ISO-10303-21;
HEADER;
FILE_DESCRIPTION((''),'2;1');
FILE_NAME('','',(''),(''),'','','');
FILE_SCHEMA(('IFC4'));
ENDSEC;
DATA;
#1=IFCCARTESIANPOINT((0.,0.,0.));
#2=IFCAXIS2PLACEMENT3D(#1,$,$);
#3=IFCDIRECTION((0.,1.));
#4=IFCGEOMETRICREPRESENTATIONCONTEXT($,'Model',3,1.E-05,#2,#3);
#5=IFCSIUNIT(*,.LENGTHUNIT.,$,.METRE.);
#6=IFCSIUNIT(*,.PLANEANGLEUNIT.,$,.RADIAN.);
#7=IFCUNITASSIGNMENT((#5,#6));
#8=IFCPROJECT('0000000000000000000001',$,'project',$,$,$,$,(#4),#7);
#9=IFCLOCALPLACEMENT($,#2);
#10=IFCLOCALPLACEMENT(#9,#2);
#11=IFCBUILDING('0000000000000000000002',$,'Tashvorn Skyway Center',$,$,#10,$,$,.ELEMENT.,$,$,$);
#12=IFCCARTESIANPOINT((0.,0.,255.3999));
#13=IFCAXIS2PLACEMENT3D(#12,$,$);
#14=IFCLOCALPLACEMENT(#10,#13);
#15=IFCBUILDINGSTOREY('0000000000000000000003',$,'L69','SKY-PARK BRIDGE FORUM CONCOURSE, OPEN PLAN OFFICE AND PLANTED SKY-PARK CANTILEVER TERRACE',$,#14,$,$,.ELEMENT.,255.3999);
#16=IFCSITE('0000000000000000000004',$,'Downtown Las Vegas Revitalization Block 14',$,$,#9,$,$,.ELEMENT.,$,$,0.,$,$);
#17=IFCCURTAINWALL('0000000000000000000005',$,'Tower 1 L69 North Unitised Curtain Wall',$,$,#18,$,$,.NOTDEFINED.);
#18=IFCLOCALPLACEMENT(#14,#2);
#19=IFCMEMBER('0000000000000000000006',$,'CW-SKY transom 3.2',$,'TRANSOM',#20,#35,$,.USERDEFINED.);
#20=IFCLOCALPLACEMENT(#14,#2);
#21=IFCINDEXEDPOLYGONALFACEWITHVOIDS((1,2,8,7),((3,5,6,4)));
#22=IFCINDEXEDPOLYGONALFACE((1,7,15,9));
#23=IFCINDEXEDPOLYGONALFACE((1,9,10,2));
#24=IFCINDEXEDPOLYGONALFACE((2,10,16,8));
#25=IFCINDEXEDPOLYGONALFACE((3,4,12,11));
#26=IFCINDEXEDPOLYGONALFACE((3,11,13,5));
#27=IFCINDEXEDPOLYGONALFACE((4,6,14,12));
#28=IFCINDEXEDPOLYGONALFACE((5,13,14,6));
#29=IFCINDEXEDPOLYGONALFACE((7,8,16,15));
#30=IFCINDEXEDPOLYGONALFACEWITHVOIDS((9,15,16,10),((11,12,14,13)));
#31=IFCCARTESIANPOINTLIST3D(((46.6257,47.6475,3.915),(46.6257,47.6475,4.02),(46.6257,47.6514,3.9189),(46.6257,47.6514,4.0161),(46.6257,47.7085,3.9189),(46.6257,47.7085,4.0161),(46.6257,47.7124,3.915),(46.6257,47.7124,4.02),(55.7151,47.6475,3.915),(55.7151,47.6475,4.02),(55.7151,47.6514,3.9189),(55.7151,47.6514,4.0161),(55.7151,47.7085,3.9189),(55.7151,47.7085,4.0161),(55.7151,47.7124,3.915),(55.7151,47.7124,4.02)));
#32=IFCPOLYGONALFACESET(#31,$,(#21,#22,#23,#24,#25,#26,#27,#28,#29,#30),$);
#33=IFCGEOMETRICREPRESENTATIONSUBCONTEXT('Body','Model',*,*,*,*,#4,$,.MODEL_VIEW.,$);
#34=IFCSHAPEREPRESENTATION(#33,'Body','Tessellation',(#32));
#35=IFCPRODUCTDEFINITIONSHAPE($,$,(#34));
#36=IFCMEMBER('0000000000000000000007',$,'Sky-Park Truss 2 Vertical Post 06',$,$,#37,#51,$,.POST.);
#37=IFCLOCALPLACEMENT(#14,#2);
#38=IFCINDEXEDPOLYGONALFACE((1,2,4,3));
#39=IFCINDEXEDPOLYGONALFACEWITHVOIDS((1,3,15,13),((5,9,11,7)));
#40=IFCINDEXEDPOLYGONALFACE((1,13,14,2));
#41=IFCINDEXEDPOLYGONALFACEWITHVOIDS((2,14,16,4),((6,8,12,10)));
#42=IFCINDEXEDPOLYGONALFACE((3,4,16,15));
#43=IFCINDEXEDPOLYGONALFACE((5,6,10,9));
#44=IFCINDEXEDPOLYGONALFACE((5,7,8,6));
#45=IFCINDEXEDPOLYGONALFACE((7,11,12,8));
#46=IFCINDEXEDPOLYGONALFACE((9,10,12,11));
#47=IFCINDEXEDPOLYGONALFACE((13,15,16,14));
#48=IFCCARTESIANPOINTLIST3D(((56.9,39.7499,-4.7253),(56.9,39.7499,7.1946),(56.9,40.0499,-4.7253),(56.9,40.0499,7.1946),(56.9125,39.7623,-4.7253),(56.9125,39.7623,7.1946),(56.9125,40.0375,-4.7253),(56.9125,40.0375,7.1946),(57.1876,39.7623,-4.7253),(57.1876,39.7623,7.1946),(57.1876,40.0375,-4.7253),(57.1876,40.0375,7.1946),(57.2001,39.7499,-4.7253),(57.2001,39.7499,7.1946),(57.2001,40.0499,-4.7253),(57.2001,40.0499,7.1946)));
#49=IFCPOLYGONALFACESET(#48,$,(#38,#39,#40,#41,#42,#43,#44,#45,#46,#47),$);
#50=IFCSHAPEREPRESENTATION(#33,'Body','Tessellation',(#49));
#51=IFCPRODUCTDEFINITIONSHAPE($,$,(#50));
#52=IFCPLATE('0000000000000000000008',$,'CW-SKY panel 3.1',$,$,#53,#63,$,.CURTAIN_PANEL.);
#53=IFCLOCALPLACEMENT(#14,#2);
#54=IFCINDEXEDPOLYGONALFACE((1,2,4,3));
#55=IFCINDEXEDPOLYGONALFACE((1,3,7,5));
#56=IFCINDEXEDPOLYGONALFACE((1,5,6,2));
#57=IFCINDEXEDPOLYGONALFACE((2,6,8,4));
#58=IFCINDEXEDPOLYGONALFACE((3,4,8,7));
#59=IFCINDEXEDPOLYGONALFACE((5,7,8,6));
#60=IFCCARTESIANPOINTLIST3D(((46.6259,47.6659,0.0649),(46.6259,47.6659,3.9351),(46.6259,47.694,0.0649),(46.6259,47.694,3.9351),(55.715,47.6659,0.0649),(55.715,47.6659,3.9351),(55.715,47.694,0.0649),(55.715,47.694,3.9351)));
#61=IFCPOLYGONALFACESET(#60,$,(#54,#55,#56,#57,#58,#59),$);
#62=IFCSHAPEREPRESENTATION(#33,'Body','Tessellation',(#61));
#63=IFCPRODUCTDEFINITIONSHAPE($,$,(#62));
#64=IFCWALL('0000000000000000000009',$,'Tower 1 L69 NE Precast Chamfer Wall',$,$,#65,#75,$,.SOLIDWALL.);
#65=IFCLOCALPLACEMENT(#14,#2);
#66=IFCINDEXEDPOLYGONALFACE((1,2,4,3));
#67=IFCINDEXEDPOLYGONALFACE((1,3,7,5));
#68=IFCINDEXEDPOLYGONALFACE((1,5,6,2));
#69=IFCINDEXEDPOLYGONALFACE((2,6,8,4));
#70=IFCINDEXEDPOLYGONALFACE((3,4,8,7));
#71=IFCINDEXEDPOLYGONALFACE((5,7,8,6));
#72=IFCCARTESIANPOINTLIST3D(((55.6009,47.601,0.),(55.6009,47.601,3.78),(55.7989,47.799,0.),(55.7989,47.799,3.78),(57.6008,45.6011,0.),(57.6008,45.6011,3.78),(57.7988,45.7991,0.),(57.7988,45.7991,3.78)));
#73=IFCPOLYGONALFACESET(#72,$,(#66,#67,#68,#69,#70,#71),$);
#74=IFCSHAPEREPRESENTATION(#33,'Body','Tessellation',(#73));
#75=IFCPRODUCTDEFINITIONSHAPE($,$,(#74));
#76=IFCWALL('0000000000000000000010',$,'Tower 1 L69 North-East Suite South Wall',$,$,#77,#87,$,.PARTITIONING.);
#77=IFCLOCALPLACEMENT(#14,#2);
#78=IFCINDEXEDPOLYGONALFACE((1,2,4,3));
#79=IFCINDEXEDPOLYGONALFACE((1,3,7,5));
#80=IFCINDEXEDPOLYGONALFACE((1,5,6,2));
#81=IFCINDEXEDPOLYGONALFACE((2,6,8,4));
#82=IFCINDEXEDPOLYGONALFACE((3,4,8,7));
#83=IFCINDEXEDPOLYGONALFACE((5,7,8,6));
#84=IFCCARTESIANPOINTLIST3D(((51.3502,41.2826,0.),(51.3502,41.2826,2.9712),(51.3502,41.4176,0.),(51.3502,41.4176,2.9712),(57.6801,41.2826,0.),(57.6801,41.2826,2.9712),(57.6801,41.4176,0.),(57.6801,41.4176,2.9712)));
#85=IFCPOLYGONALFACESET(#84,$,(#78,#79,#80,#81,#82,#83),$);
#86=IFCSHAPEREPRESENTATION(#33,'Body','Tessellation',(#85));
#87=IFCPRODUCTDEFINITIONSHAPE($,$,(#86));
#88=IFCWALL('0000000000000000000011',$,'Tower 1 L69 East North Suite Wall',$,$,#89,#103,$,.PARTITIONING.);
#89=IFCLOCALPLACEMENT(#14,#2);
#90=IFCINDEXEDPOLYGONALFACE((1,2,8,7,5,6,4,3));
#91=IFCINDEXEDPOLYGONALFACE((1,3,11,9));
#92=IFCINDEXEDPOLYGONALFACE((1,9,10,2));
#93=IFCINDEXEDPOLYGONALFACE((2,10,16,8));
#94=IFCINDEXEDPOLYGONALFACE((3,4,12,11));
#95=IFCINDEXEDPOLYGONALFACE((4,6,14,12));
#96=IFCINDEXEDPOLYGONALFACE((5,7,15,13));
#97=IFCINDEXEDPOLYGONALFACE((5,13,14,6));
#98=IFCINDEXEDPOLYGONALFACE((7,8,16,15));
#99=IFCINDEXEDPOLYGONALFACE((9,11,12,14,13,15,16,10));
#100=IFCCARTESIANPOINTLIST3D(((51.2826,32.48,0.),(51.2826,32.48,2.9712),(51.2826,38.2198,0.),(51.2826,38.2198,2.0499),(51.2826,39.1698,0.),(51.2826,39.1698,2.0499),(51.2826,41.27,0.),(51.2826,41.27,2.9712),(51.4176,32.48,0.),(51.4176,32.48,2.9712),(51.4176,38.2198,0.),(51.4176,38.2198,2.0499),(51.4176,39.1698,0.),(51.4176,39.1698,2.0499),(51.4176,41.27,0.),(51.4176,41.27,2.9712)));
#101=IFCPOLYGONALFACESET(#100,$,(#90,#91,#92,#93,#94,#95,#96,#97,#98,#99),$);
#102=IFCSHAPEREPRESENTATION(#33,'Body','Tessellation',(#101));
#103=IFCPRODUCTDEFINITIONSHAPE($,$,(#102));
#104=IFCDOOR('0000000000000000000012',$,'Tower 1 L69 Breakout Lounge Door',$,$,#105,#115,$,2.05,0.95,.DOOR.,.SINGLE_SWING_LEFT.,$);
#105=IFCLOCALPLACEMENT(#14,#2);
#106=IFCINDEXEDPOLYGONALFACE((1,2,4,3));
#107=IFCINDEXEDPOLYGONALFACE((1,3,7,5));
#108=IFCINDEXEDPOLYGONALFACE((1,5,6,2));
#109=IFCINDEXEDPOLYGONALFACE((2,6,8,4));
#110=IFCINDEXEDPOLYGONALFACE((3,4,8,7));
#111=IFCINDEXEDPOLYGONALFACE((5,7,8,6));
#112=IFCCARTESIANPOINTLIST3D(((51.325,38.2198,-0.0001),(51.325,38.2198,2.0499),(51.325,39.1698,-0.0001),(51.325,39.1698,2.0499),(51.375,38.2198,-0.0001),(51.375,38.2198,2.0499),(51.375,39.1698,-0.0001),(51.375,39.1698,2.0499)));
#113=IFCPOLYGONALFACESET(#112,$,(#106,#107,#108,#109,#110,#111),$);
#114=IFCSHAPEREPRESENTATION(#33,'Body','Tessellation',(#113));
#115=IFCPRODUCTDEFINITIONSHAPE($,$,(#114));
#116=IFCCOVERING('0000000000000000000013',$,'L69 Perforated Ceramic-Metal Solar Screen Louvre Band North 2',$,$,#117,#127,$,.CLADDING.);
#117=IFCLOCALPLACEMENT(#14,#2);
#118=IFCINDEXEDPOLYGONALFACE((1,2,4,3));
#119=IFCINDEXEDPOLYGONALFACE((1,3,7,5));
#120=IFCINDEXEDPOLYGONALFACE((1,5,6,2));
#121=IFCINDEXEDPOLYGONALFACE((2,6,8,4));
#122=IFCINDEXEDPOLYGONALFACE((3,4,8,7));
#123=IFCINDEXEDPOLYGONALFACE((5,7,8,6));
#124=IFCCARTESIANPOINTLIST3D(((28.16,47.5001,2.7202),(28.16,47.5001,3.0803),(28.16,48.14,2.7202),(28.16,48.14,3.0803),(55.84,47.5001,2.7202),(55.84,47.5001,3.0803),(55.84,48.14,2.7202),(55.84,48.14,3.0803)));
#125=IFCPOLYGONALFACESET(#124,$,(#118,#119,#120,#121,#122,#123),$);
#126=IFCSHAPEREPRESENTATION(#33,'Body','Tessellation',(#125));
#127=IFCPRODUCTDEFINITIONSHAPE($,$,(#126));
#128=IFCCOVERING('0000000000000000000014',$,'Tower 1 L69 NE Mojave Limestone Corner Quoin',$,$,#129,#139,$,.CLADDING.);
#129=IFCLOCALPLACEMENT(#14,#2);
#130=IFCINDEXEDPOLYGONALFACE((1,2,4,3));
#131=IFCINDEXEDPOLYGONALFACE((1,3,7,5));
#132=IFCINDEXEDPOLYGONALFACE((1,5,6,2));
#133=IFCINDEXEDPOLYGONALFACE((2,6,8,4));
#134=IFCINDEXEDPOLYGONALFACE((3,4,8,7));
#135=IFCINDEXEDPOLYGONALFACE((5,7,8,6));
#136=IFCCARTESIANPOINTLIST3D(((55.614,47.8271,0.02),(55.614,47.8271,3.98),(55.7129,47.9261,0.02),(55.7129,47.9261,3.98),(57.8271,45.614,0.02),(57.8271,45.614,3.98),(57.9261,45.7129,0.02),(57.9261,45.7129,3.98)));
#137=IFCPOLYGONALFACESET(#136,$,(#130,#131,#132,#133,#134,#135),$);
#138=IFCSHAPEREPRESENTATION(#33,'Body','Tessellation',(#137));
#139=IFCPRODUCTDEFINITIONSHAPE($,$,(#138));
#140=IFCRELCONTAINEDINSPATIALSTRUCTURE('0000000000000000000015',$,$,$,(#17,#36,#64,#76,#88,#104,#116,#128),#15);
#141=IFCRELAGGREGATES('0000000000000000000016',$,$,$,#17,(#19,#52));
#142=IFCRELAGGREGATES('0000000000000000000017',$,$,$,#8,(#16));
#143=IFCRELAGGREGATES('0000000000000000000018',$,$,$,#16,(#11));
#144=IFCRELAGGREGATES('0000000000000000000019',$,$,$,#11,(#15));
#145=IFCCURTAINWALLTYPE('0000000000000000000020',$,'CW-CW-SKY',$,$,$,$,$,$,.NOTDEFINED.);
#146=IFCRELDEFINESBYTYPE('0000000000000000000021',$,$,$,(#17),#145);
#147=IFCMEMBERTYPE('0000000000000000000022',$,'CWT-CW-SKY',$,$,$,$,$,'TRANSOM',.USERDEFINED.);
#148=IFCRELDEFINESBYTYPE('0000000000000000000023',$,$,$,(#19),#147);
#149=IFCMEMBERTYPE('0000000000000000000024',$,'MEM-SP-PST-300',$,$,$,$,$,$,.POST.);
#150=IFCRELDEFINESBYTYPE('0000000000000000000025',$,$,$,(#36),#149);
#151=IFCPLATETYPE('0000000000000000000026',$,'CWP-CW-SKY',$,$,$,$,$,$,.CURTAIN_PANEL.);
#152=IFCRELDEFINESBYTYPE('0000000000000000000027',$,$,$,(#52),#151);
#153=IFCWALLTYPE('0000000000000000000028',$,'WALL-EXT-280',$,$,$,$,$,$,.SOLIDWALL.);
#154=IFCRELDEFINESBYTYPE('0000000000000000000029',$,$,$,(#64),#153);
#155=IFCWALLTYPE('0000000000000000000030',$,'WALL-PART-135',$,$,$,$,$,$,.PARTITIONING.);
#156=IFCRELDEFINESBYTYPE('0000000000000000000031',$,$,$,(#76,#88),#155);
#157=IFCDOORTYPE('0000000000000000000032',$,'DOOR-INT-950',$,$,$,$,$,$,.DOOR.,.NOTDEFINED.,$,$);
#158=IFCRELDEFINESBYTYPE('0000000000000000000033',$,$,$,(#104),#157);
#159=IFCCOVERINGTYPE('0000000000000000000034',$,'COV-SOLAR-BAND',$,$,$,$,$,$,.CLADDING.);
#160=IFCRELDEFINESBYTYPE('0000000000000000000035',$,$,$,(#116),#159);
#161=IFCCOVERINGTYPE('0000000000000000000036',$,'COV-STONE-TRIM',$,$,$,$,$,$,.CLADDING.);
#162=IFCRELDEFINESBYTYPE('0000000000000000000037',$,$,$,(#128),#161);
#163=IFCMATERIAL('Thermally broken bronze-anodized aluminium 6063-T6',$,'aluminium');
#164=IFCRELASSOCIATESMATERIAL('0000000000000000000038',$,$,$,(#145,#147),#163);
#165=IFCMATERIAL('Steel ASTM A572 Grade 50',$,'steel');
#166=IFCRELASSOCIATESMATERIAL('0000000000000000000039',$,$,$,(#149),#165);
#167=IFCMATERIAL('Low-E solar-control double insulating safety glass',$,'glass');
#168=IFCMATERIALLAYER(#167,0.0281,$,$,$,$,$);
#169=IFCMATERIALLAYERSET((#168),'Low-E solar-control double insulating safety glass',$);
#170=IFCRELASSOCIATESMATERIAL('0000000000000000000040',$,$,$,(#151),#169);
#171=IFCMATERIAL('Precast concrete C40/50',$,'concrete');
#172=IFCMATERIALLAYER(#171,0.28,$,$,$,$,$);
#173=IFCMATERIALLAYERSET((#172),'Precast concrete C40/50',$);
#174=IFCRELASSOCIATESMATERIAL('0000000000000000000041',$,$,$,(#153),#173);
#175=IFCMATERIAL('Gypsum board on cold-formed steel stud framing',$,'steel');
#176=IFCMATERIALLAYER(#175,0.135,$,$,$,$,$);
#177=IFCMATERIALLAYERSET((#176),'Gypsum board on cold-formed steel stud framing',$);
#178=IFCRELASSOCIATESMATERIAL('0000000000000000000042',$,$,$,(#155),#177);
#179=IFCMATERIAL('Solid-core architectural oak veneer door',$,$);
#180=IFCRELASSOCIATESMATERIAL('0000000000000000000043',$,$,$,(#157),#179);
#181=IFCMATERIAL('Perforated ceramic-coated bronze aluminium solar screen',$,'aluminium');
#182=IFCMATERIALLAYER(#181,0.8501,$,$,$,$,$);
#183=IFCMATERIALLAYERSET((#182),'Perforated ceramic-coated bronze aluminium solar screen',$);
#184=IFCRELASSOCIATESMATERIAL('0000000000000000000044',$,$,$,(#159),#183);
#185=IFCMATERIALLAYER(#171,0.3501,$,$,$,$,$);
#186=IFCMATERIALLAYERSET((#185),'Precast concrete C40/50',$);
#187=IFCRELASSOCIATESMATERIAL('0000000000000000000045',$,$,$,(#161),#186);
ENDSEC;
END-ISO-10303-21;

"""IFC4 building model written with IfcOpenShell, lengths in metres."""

from ifc_helpers import new_model, si_unit, direction, frame, frame_2d, origin, origin_2d, place, context, subcontext, project, spatial, rectangle, hollow_rectangle, extrude, material, layer, layer_set, material_profile, profile_set, type_object, element, fill, aggregate, save


model = new_model("IFC4")

# Units and contexts
model_context = context("Model", 3, precision=1e-05, world=origin(), true_north=direction((0.0, 1.0)))
body_context = subcontext(model_context, "Body", "Model", "MODEL_VIEW")
ifc_project = project(units=[si_unit("LENGTHUNIT", "METRE"), si_unit("PLANEANGLEUNIT", "RADIAN")], contexts=[model_context])

# Site, building, storey
site_placement = place(None, origin())
site = spatial("IfcSite", under=ifc_project, at=site_placement, Name="Downtown Las Vegas Revitalization Block 14", CompositionType="ELEMENT", RefElevation=0.0)
building_placement = place(site_placement, origin())
building = spatial("IfcBuilding", under=site, at=building_placement, Name="Tashvorn Skyway Center", CompositionType="ELEMENT")
storey_placement = place(building_placement, frame((0.0, 0.0, 255.3999)))
storey = spatial("IfcBuildingStorey", under=building, at=storey_placement, Name="L69", Description="SKY-PARK BRIDGE FORUM CONCOURSE, OPEN PLAN OFFICE AND PLANTED SKY-PARK CANTILEVER TERRACE", CompositionType="ELEMENT", Elevation=255.3999)

# Shared definitions
ifc_material_1 = material(Name="Steel ASTM A572 Grade 50", Category="steel")

# Curtain wall, member
ifc_material_2 = material(Name="Thermally broken bronze-anodized aluminium 6063-T6", Category="aluminium")
curtain_wall_type = type_object("IfcCurtainWallType", Name="CW-CW-SKY", PredefinedType="NOTDEFINED", material=ifc_material_2)
curtain_wall_placement = place(storey_placement, origin())
curtain_wall = element("IfcCurtainWall", 1, at=curtain_wall_placement, inside=storey, type_object=curtain_wall_type, Name="Tower 1 L69 North Unitised Curtain Wall", PredefinedType="NOTDEFINED")
ifc_material_profile_1 = material_profile(ifc_material_2, hollow_rectangle(XDim=0.0649, YDim=0.105, WallThickness=0.0039, at=origin_2d()), Name="ALU-TRAN-65x105")
ifc_profile_set_1 = profile_set([ifc_material_profile_1], Name="Thermally broken bronze-anodized aluminium 6063-T6")
member_type_1 = type_object("IfcMemberType", Name="CWT-CW-SKY", ElementType="TRANSOM", PredefinedType="USERDEFINED", material=ifc_profile_set_1)
member_1_placement = place(storey_placement, frame((46.6257, 47.6799, 3.9675), z_axis=(1.0, 0.0, 0.0), x_axis=(0.0, 1.0, 0.0)))
member_1 = element("IfcMember", 2, at=member_1_placement, type_object=member_type_1, Name="CW-SKY transom 3.2", ObjectType="TRANSOM", PredefinedType="USERDEFINED", context=body_context, shape_type="SweptSolid", body=[
    extrude(hollow_rectangle(XDim=0.0649, YDim=0.105, WallThickness=0.0039, at=origin_2d()), origin(), (0.0, 0.0, 1.0), 9.0894),
])

# Member
ifc_material_profile_2 = material_profile(ifc_material_1, hollow_rectangle(XDim=0.3, YDim=0.3, WallThickness=0.0125, at=origin_2d()), Name="HSS300x300x12.5")
ifc_profile_set_2 = profile_set([ifc_material_profile_2], Name="Steel ASTM A572 Grade 50")
member_type_2 = type_object("IfcMemberType", Name="MEM-SP-PST-300", PredefinedType="POST", material=ifc_profile_set_2)
member_2_placement = place(storey_placement, frame((57.05, 39.8999, -4.7253), z_axis=(0.0, 0.0, 1.0), x_axis=(1.0, 0.0, 0.0)))
element("IfcMember", 3, at=member_2_placement, inside=storey, type_object=member_type_2, Name="Sky-Park Truss 2 Vertical Post 06", PredefinedType="POST", context=body_context, shape_type="SweptSolid", body=[
    extrude(hollow_rectangle(XDim=0.3, YDim=0.3, WallThickness=0.0125, at=origin_2d()), origin(), (0.0, 0.0, 1.0), 11.9199),
])

# Plate
ifc_material_3 = material(Name="Low-E solar-control double insulating safety glass", Category="glass")
ifc_layer_1 = layer(ifc_material_3, 0.0281)
ifc_layer_set_1 = layer_set([ifc_layer_1], Name="Low-E solar-control double insulating safety glass")
plate_type = type_object("IfcPlateType", Name="CWP-CW-SKY", PredefinedType="CURTAIN_PANEL", material=ifc_layer_set_1)
plate_placement = place(storey_placement, frame((51.1704, 47.6799, 0.0649), z_axis=(0.0, 0.0, 1.0), x_axis=(1.0, 0.0, 0.0)))
plate = element("IfcPlate", 4, at=plate_placement, type_object=plate_type, Name="CW-SKY panel 3.1", PredefinedType="CURTAIN_PANEL", context=body_context, shape_type="SweptSolid", body=[
    extrude(rectangle(XDim=9.0891, YDim=0.0281, at=origin_2d()), origin(), (0.0, 0.0, 1.0), 3.8701),
])
aggregate(curtain_wall, [member_1, plate])

# Walls
ifc_material_4 = material(Name="Precast concrete C40/50", Category="concrete")
ifc_layer_2 = layer(ifc_material_4, 0.28)
ifc_layer_set_2 = layer_set([ifc_layer_2], Name="Precast concrete C40/50")
wall_type_1 = type_object("IfcWallType", Name="WALL-EXT-280", PredefinedType="SOLIDWALL", material=ifc_layer_set_2)
wall_1_placement = place(storey_placement, frame((55.7, 47.7, 0.0), z_axis=(0.0, 0.0, 1.0), x_axis=(0.707107, -0.707107, 0.0)))
element("IfcWall", 5, at=wall_1_placement, inside=storey, type_object=wall_type_1, Name="Tower 1 L69 NE Precast Chamfer Wall", PredefinedType="SOLIDWALL", context=body_context, shape_type="SweptSolid", body=[
    extrude(rectangle(XDim=2.8284, YDim=0.28, at=frame_2d((1.4141, 0.0))), origin(), (0.0, 0.0, 1.0), 3.78),
])
ifc_material_5 = material(Name="Gypsum board on cold-formed steel stud framing", Category="steel")
ifc_layer_3 = layer(ifc_material_5, 0.135)
ifc_layer_set_3 = layer_set([ifc_layer_3], Name="Gypsum board on cold-formed steel stud framing")
wall_type_2 = type_object("IfcWallType", Name="WALL-PART-135", PredefinedType="PARTITIONING", material=ifc_layer_set_3)
wall_2_placement = place(storey_placement, frame((51.3501, 41.3501, 0.0), z_axis=(0.0, 0.0, 1.0), x_axis=(1.0, 0.0, 0.0)))
element("IfcWall", 6, at=wall_2_placement, inside=storey, type_object=wall_type_2, Name="Tower 1 L69 North-East Suite South Wall", PredefinedType="PARTITIONING", context=body_context, shape_type="SweptSolid", body=[
    extrude(rectangle(XDim=6.3298, YDim=0.135, at=frame_2d((3.165, 0.0))), origin(), (0.0, 0.0, 1.0), 2.9712),
])

# Wall, opening, door
wall_3_placement = place(storey_placement, frame((51.3501, 41.27, 0.0), z_axis=(0.0, 0.0, 1.0), x_axis=(0.0, -1.0, 0.0)))
wall_3 = element("IfcWall", 7, at=wall_3_placement, inside=storey, type_object=wall_type_2, Name="Tower 1 L69 East North Suite Wall", PredefinedType="PARTITIONING", context=body_context, shape_type="SweptSolid", body=[
    extrude(rectangle(XDim=8.79, YDim=0.135, at=frame_2d((4.395, 0.0))), origin(), (0.0, 0.0, 1.0), 2.9712),
])
opening_placement = place(wall_3_placement, frame((2.1001, 0.0, 0.0)))
opening = element("IfcOpeningElement", 8, at=opening_placement, cuts=wall_3, PredefinedType="OPENING", context=body_context, shape_type="SweptSolid", body=[
    extrude(rectangle(XDim=0.95, YDim=2.05, at=frame_2d((0.4751, 1.0249))), frame((0.0, 0.0774, 0.0), z_axis=(0.0, -1.0, 0.0), x_axis=(1.0, 0.0, 0.0)), (0.0, 0.0, 1.0), 0.155),
])
ifc_material_6 = material(Name="Solid-core architectural oak veneer door")
door_type = type_object("IfcDoorType", Name="DOOR-INT-950", OperationType="NOTDEFINED", PredefinedType="DOOR", material=ifc_material_6)
door_placement = place(opening_placement, origin())
door = element("IfcDoor", 9, at=door_placement, inside=storey, type_object=door_type, Name="Tower 1 L69 Breakout Lounge Door", OperationType="SINGLE_SWING_LEFT", OverallHeight=2.05, OverallWidth=0.95, PredefinedType="DOOR", context=body_context, shape_type="SweptSolid", body=[
    extrude(rectangle(XDim=0.95, YDim=2.05, at=frame_2d((0.4751, 1.0249))), frame((0.0, 0.0249, 0.0), z_axis=(0.0, -1.0, 0.0), x_axis=(1.0, 0.0, 0.0)), (0.0, 0.0, 1.0), 0.05),
])
fill(opening, door)

# Coverings
ifc_material_7 = material(Name="Perforated ceramic-coated bronze aluminium solar screen", Category="aluminium")
ifc_layer_4 = layer(ifc_material_7, 0.8501)
ifc_layer_set_4 = layer_set([ifc_layer_4], Name="Perforated ceramic-coated bronze aluminium solar screen")
covering_type_1 = type_object("IfcCoveringType", Name="COV-SOLAR-BAND", PredefinedType="CLADDING", material=ifc_layer_set_4)
covering_1_placement = place(storey_placement, frame((42.0, 47.8201, 2.7202), z_axis=(0.0, 0.0, 1.0), x_axis=(1.0, 0.0, 0.0)))
element("IfcCovering", 10, at=covering_1_placement, inside=storey, type_object=covering_type_1, Name="L69 Perforated Ceramic-Metal Solar Screen Louvre Band North 2", PredefinedType="CLADDING", context=body_context, shape_type="SweptSolid", body=[
    extrude(rectangle(XDim=27.6799, YDim=0.6399, at=origin_2d()), origin(), (0.0, 0.0, 1.0), 0.3601),
])
ifc_layer_5 = layer(ifc_material_4, 0.3501)
ifc_layer_set_5 = layer_set([ifc_layer_5], Name="Precast concrete C40/50")
covering_type_2 = type_object("IfcCoveringType", Name="COV-STONE-TRIM", PredefinedType="CLADDING", material=ifc_layer_set_5)
covering_2_placement = place(storey_placement, frame((56.77, 46.77, 0.02), z_axis=(0.0, 0.0, 1.0), x_axis=(0.707107, -0.707107, 0.0)))
element("IfcCovering", 11, at=covering_2_placement, inside=storey, type_object=covering_type_2, Name="Tower 1 L69 NE Mojave Limestone Corner Quoin", PredefinedType="CLADDING", context=body_context, shape_type="SweptSolid", body=[
    extrude(rectangle(XDim=3.1299, YDim=0.1399, at=origin_2d()), origin(), (0.0, 0.0, 1.0), 3.96),
])

save(model, "model.ifc")
